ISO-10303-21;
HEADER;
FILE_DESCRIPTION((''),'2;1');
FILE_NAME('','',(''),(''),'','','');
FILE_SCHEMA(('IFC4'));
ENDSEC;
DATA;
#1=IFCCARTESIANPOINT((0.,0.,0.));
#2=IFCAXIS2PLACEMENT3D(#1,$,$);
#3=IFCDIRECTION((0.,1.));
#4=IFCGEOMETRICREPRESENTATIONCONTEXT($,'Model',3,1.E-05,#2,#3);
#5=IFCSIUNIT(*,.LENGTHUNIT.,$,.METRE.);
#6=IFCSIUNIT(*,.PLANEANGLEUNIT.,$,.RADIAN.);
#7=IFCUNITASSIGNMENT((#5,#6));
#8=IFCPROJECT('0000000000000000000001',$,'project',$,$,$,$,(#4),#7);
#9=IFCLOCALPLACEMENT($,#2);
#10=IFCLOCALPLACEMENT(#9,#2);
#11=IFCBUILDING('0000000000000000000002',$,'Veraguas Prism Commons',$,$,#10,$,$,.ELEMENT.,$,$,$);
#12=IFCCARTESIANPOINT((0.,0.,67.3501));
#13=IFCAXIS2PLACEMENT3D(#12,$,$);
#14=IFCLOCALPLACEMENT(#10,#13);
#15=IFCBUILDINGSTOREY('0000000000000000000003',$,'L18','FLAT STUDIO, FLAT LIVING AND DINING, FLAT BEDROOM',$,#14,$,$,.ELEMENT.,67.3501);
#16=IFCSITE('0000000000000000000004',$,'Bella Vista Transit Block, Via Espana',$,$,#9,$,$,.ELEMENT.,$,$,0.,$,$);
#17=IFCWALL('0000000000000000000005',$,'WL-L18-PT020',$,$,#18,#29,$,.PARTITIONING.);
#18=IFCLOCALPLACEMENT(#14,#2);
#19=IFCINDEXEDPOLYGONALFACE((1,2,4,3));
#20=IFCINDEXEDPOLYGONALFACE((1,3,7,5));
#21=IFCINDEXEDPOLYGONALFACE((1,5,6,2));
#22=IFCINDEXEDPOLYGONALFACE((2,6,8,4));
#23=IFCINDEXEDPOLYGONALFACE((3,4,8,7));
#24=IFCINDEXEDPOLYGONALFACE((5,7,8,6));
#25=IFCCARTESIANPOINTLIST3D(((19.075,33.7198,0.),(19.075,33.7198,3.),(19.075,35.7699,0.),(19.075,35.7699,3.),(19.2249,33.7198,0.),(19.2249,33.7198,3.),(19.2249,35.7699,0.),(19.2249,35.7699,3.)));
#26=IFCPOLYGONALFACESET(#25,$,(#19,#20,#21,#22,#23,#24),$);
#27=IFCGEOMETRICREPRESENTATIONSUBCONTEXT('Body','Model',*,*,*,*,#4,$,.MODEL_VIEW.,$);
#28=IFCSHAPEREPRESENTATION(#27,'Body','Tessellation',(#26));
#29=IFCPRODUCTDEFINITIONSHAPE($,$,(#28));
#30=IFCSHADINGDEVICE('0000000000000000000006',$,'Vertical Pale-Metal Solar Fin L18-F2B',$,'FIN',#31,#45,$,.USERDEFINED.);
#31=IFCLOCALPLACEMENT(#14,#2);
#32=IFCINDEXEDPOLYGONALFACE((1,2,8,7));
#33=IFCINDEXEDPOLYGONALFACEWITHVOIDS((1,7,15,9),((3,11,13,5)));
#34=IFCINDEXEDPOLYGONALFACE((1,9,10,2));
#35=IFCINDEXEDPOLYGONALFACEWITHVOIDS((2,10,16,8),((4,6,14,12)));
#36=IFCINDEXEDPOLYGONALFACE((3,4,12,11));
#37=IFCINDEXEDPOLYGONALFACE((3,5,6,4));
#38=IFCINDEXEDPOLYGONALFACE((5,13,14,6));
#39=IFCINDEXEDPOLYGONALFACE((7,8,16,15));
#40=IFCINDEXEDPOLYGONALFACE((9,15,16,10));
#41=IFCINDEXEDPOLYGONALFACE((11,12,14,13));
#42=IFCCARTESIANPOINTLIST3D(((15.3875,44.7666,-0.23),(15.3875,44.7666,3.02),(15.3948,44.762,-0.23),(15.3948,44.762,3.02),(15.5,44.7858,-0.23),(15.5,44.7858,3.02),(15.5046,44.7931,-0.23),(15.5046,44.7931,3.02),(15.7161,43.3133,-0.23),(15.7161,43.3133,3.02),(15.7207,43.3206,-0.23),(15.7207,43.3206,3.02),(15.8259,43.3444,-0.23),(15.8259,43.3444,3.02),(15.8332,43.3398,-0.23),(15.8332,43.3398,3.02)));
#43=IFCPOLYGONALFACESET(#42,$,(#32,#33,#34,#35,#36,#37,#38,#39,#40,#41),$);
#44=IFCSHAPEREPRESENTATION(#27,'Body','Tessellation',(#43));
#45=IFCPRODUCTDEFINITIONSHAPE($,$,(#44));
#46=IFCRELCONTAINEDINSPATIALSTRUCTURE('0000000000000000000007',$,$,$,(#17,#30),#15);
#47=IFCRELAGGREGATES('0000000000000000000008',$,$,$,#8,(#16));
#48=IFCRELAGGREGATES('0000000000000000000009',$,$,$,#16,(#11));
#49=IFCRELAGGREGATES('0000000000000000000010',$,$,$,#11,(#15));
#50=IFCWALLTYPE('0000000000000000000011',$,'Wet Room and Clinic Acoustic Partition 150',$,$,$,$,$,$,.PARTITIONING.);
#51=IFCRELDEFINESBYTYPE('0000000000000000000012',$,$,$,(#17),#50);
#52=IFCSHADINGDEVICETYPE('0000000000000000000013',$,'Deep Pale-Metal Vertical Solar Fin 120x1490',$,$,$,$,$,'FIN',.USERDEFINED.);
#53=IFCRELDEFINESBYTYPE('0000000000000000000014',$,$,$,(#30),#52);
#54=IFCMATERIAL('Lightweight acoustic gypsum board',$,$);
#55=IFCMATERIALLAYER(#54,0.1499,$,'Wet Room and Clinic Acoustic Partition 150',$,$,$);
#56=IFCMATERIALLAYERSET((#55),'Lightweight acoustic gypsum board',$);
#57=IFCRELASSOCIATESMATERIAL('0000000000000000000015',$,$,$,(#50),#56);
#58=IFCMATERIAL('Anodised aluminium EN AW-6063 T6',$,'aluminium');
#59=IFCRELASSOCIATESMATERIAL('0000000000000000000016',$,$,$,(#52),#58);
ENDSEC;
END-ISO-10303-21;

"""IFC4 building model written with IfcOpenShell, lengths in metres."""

from ifc_helpers import new_model, si_unit, direction, frame, frame_2d, origin, origin_2d, place, context, subcontext, project, spatial, rectangle, hollow_rectangle, extrude, material, layer, layer_set, material_profile, profile_set, type_object, element, save


model = new_model("IFC4")

# Units and contexts
model_context = context("Model", 3, precision=1e-05, world=origin(), true_north=direction((0.0, 1.0)))
body_context = subcontext(model_context, "Body", "Model", "MODEL_VIEW")
ifc_project = project(units=[si_unit("LENGTHUNIT", "METRE"), si_unit("PLANEANGLEUNIT", "RADIAN")], contexts=[model_context])

# Site, building, storey
site_placement = place(None, origin())
site = spatial("IfcSite", under=ifc_project, at=site_placement, Name="Bella Vista Transit Block, Via Espana", CompositionType="ELEMENT", RefElevation=0.0)
building_placement = place(site_placement, origin())
building = spatial("IfcBuilding", under=site, at=building_placement, Name="Veraguas Prism Commons", CompositionType="ELEMENT")
storey_placement = place(building_placement, frame((0.0, 0.0, 67.3501)))
storey = spatial("IfcBuildingStorey", under=building, at=storey_placement, Name="L18", Description="FLAT STUDIO, FLAT LIVING AND DINING, FLAT BEDROOM", CompositionType="ELEMENT", Elevation=67.3501)

# Shared definitions
ifc_material_1 = material(Name="Anodised aluminium EN AW-6063 T6", Category="aluminium")

# Shared definitions
ifc_material_2 = material(Name="Lightweight acoustic gypsum board")

# Wall
ifc_layer_1 = layer(ifc_material_2, 0.1499, Name="Wet Room and Clinic Acoustic Partition 150")
ifc_layer_set_1 = layer_set([ifc_layer_1], Name="Lightweight acoustic gypsum board")
wall_type_1 = type_object("IfcWallType", Name="Wet Room and Clinic Acoustic Partition 150", PredefinedType="PARTITIONING", material=ifc_layer_set_1)
wall_1_placement = place(storey_placement, frame((19.1499, 33.72, 0.0), z_axis=(0.0, 0.0, 1.0), x_axis=(0.0, 1.0, 0.0)))
element("IfcWall", 1, at=wall_1_placement, inside=storey, type_object=wall_type_1, Name="WL-L18-PT020", PredefinedType="PARTITIONING", context=body_context, shape_type="SweptSolid", body=[
    extrude(rectangle(XDim=2.05, YDim=0.1499, at=frame_2d((1.0249, 0.0))), origin(), (0.0, 0.0, 1.0), 3.0),
])

# Shading device
ifc_material_profile_1 = material_profile(ifc_material_1, hollow_rectangle(XDim=0.1201, YDim=1.49, WallThickness=0.0061, at=origin_2d()), Name="FIN120X1490X6")
ifc_profile_set_1 = profile_set([ifc_material_profile_1], Name="Anodised aluminium EN AW-6063 T6")
shading_device_type = type_object("IfcShadingDeviceType", Name="Deep Pale-Metal Vertical Solar Fin 120x1490", ElementType="FIN", PredefinedType="USERDEFINED", material=ifc_profile_set_1)
shading_device_placement = place(storey_placement, frame((15.6104, 44.0532, -0.23), z_axis=(0.0, 0.0, 1.0), x_axis=(-0.97538, -0.220529, 0.0)))
element("IfcShadingDevice", 2, at=shading_device_placement, inside=storey, type_object=shading_device_type, Name="Vertical Pale-Metal Solar Fin L18-F2B", ObjectType="FIN", PredefinedType="USERDEFINED", context=body_context, shape_type="SweptSolid", body=[
    extrude(hollow_rectangle(XDim=0.1201, YDim=1.49, WallThickness=0.0061, at=origin_2d()), origin(), (0.0, 0.0, 1.0), 3.25),
])

save(model, "model.ifc")
